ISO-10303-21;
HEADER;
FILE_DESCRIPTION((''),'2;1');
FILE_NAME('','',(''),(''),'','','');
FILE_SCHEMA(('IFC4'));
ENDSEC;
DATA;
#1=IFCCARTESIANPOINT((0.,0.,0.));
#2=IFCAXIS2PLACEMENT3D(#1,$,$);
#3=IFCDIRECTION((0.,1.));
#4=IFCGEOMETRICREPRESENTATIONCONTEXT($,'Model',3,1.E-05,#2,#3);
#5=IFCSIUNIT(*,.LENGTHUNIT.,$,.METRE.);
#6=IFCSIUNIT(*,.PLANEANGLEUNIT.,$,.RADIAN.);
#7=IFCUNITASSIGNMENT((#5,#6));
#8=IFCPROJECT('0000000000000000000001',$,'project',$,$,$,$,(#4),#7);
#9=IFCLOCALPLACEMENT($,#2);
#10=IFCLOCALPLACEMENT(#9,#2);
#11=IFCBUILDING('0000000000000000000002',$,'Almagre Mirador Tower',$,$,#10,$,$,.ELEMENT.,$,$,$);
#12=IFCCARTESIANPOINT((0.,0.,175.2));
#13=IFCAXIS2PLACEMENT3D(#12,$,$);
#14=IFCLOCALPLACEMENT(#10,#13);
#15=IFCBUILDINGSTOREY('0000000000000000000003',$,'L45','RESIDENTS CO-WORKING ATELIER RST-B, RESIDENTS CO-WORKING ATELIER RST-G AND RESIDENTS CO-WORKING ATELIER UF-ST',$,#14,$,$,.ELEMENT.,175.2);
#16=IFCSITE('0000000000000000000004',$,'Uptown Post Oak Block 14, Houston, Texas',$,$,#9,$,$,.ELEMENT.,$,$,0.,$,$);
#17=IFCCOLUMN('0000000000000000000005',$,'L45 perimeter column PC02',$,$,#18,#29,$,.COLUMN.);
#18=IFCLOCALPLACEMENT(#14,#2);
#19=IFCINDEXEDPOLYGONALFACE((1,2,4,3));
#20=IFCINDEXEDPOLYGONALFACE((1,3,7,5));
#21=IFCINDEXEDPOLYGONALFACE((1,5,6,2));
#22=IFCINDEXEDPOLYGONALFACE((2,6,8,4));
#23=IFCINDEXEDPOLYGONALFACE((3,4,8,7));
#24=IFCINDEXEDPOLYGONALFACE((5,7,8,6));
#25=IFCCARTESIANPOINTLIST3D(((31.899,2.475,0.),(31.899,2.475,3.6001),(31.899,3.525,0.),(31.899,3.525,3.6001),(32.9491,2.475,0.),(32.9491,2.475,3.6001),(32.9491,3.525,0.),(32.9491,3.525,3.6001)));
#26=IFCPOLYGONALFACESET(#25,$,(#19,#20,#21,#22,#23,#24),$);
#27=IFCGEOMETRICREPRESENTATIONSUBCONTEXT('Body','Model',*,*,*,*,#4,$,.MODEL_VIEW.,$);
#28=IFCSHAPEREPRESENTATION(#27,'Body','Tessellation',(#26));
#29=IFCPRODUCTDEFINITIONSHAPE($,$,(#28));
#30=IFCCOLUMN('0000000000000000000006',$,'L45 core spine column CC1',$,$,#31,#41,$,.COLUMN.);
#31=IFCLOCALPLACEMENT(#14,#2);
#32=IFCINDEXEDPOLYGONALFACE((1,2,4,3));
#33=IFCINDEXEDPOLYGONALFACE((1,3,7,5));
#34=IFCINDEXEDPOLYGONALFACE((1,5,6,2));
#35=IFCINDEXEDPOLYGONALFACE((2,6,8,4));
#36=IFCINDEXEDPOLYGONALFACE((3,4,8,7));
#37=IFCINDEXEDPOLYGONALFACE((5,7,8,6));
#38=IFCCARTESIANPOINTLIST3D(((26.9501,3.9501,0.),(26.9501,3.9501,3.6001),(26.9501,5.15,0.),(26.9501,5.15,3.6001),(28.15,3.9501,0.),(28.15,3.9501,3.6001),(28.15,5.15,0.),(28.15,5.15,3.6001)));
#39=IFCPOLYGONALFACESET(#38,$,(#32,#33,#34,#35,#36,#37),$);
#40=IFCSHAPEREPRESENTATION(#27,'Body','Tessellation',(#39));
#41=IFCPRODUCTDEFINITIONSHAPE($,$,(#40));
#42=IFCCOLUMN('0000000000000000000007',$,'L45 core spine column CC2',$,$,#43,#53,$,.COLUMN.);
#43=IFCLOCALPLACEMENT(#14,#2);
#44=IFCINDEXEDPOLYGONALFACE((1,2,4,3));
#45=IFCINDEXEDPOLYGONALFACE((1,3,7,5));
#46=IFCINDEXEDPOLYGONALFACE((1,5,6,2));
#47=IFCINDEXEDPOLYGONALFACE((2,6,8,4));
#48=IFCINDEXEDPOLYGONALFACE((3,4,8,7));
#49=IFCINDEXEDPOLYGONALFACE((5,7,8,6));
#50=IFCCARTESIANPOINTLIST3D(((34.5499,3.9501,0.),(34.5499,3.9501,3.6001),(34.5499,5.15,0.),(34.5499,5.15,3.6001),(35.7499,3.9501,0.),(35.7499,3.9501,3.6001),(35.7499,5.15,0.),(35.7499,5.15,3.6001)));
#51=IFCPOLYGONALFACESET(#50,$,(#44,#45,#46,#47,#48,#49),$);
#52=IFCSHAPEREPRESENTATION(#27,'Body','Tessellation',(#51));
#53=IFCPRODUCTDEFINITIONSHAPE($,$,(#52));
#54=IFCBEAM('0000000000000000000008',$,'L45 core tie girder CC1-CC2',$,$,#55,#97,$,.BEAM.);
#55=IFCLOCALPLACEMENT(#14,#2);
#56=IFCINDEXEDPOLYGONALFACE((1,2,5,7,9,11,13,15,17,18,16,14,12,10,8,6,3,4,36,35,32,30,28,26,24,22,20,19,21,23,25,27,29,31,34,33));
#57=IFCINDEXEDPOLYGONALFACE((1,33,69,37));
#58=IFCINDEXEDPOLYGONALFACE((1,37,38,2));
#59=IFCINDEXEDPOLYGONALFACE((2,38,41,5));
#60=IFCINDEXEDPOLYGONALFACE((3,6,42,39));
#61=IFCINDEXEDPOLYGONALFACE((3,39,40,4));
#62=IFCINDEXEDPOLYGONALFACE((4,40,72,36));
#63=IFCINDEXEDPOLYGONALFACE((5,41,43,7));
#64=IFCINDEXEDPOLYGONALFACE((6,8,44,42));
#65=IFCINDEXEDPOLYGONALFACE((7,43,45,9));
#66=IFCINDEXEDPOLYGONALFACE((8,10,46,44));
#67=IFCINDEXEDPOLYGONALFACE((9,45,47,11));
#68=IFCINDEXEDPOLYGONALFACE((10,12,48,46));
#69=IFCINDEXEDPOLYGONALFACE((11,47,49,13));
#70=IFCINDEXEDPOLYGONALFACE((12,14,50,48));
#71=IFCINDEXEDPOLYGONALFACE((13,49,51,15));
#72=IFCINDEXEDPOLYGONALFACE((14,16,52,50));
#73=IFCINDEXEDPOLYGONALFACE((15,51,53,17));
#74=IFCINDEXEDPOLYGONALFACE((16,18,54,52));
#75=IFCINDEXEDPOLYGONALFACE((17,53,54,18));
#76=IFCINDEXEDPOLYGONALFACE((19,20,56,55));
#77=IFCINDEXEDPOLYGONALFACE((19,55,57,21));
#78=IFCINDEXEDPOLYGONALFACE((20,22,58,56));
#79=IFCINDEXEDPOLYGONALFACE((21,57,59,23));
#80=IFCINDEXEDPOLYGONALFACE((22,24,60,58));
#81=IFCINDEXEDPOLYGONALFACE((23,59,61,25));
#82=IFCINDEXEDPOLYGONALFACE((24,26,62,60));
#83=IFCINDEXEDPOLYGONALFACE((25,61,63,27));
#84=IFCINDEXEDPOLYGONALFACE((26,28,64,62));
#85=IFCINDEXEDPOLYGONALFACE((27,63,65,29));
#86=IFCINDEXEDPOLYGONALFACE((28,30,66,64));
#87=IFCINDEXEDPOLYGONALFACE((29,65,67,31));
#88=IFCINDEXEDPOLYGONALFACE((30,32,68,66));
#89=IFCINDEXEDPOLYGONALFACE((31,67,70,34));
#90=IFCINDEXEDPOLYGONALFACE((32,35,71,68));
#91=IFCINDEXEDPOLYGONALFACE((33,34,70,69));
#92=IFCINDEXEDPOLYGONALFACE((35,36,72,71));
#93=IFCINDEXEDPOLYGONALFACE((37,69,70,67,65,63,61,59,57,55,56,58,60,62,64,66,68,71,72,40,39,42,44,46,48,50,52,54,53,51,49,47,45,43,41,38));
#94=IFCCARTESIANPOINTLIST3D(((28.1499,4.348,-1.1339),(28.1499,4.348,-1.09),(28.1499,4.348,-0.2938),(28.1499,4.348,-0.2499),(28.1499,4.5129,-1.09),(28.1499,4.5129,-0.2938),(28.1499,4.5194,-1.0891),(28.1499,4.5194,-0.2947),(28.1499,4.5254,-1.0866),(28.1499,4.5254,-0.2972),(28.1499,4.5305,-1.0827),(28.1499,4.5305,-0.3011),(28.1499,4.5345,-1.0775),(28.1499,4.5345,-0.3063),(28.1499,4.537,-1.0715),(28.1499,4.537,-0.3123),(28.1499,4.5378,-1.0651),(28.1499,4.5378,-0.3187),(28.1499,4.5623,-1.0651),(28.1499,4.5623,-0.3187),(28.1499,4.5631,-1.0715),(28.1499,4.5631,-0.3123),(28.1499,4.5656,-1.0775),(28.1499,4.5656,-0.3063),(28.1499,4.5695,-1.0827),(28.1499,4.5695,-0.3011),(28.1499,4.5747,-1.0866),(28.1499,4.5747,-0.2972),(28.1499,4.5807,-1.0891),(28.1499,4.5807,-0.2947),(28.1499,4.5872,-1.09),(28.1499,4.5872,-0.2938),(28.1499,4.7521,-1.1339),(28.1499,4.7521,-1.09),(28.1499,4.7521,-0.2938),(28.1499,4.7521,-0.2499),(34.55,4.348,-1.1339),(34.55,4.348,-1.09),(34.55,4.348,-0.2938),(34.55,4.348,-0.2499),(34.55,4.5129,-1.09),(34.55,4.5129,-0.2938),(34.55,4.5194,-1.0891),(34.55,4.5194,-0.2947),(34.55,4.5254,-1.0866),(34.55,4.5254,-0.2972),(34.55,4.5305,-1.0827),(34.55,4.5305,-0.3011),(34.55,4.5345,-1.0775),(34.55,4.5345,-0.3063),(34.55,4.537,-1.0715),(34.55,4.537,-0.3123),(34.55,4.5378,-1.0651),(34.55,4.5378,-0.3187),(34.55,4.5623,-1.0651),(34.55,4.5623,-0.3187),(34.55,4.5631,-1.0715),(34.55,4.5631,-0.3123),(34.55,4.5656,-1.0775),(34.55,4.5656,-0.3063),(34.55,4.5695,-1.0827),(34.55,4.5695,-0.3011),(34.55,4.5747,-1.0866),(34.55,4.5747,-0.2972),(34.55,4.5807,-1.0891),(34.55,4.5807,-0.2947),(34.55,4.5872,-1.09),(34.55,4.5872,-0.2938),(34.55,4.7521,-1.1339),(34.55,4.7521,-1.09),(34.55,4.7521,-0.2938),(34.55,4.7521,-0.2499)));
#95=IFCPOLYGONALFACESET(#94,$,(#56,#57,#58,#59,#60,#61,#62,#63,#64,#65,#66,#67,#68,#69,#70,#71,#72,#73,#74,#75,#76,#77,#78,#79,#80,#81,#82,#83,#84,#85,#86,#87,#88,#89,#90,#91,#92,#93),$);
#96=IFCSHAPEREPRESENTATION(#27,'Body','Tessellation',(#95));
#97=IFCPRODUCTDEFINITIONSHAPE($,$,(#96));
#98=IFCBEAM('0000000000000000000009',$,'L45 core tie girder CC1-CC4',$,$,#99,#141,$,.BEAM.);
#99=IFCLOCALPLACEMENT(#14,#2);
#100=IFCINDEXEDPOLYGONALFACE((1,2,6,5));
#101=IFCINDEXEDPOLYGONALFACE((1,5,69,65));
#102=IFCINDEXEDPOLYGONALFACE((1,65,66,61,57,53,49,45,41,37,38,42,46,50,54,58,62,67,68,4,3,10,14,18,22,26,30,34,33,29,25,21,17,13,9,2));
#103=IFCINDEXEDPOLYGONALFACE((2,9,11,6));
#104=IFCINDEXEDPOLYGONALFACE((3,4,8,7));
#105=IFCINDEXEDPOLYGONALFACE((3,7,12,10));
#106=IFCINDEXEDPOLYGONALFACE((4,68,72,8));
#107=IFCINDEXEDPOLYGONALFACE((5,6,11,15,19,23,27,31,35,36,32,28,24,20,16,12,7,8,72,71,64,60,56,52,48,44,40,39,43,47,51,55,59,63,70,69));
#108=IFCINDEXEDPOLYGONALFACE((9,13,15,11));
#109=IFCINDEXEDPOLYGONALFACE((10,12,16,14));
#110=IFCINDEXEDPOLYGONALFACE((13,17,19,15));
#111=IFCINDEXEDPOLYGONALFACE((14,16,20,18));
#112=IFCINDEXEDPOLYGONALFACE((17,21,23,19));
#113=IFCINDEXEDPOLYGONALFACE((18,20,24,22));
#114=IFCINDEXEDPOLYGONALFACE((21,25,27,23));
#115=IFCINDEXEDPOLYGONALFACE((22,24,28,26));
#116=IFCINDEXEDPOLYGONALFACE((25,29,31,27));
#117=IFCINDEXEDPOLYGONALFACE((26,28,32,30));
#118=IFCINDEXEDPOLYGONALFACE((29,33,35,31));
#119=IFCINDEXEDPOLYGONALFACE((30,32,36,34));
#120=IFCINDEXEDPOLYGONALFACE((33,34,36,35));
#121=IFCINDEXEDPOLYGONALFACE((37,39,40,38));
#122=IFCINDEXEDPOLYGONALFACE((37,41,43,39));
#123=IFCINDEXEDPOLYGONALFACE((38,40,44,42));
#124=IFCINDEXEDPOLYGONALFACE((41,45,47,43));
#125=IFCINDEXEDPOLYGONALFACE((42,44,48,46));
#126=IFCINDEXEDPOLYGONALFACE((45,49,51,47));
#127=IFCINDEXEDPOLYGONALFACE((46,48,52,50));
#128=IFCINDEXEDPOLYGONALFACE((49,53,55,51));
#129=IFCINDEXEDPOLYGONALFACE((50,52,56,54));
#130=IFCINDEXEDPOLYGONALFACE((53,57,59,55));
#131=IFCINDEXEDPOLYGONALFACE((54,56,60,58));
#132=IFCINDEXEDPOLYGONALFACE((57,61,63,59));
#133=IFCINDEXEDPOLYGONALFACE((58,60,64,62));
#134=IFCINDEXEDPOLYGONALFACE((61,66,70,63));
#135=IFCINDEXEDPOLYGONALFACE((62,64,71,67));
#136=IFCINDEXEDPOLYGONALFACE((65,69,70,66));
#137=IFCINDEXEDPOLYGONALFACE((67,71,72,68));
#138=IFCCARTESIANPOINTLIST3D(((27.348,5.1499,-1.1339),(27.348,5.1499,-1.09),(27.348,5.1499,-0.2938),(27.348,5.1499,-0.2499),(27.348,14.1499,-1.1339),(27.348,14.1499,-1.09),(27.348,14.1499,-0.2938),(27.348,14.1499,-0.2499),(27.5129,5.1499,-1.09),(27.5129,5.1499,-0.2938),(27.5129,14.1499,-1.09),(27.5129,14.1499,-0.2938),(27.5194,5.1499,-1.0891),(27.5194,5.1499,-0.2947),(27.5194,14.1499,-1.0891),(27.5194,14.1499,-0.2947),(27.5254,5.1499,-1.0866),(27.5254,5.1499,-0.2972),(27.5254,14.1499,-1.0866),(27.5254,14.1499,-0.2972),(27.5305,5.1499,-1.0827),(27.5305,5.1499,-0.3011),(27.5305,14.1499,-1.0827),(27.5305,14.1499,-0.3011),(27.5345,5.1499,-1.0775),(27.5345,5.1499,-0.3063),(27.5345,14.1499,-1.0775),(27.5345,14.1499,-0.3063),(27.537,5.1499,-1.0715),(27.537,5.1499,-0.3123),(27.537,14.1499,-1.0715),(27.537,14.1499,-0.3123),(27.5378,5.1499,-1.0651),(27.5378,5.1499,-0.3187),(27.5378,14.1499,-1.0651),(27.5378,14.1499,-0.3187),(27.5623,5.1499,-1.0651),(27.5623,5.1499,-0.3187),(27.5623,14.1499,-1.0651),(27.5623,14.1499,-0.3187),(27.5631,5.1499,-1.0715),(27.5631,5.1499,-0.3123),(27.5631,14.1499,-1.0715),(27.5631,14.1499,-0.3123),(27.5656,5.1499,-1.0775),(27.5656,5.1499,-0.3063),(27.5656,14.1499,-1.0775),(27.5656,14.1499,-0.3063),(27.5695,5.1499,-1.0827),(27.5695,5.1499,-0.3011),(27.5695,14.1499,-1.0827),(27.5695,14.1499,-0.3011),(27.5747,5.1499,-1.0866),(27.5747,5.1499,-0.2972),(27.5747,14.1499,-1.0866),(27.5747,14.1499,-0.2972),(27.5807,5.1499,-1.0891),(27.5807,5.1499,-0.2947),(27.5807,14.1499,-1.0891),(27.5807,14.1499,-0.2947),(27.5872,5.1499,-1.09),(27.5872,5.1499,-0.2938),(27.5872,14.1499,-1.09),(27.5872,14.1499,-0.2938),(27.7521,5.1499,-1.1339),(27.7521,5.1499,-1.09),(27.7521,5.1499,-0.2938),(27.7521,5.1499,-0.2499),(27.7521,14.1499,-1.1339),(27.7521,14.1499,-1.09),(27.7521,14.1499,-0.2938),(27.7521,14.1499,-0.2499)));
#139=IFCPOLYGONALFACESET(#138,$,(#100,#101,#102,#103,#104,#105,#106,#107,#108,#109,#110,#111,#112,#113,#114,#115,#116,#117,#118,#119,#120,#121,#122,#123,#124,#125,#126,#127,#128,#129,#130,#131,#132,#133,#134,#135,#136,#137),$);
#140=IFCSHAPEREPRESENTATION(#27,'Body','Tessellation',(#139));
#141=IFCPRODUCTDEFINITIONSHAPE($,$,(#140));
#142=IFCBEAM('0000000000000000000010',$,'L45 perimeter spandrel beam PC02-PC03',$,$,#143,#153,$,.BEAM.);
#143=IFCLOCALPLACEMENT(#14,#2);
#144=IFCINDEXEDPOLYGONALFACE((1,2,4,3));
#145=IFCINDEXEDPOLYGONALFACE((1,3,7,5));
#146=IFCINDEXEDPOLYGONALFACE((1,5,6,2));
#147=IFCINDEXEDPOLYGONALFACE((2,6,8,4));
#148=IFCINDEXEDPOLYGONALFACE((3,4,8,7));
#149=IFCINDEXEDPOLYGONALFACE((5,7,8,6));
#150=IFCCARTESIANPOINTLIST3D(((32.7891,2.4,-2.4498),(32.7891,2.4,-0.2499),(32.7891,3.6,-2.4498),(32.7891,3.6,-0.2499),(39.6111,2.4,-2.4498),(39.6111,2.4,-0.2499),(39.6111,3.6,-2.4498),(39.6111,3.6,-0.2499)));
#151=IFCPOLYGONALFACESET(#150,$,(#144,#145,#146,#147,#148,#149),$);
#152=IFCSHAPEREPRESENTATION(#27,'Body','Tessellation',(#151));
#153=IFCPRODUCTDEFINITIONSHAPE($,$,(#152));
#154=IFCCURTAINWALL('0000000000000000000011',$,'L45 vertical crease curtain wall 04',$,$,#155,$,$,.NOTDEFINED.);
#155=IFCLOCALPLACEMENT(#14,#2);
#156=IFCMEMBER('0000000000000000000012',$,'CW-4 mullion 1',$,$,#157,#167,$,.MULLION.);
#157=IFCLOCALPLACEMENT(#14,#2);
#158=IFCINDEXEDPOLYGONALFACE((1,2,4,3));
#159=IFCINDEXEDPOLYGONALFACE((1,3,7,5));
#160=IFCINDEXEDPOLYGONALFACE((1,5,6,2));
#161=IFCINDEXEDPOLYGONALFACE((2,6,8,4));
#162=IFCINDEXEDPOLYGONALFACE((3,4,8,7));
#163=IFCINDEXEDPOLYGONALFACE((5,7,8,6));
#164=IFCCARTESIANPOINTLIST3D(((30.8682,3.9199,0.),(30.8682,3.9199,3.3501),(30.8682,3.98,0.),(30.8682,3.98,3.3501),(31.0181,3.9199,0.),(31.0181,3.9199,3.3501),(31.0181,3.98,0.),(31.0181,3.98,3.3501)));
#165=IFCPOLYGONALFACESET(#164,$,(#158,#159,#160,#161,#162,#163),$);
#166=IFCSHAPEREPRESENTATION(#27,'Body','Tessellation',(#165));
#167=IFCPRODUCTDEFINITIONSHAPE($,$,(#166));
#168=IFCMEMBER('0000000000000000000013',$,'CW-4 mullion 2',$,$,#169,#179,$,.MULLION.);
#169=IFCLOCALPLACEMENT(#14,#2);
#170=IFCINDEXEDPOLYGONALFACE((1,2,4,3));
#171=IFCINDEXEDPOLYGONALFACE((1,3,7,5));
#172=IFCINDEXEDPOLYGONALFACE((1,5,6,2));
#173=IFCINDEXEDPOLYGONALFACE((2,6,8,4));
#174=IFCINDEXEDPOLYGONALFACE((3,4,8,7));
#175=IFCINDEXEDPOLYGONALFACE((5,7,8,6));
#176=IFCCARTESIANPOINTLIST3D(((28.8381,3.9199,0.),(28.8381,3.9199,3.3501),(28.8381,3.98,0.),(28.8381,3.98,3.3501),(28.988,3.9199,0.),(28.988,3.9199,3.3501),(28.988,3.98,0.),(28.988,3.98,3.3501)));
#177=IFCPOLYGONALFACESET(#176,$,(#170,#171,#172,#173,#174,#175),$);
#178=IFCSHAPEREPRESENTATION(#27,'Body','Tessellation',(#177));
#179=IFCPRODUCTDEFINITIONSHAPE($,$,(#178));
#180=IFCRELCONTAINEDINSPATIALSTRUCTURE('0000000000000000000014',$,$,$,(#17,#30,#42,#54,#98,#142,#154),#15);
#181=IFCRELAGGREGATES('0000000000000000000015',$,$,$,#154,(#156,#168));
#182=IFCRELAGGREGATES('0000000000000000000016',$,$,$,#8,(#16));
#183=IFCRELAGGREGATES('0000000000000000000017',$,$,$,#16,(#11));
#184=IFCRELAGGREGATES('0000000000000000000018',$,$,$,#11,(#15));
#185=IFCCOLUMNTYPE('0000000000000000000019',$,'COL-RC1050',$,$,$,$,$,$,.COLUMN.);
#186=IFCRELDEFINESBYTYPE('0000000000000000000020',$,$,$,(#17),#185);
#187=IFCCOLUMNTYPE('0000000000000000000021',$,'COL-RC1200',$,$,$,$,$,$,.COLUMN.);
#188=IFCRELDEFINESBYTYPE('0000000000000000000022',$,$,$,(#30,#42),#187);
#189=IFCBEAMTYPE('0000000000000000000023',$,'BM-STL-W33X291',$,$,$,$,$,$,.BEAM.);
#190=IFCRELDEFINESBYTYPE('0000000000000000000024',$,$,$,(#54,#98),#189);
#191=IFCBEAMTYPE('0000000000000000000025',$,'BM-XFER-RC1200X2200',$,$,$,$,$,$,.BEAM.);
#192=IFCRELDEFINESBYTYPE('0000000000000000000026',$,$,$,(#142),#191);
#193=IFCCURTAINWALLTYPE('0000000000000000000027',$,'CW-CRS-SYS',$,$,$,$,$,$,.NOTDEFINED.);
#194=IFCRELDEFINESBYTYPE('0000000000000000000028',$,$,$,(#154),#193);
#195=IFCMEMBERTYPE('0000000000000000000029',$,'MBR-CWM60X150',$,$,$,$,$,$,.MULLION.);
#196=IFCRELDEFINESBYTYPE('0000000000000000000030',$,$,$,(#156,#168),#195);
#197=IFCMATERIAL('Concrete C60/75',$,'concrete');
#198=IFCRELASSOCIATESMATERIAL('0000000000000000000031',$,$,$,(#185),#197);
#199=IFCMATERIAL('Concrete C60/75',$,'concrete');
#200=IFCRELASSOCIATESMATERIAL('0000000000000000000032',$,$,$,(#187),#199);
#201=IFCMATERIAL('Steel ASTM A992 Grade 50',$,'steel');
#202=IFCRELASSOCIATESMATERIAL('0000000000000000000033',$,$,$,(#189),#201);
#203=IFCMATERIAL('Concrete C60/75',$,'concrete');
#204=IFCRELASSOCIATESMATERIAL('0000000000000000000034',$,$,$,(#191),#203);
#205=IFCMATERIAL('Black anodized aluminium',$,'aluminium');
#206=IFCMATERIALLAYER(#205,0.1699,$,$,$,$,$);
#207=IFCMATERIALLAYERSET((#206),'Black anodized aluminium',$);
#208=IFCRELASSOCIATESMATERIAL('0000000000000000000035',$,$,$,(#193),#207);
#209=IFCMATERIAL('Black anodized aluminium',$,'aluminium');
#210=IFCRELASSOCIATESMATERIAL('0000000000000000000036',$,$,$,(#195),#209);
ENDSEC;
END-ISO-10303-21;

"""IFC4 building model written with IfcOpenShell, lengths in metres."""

from ifc_helpers import new_model, si_unit, direction, frame, origin, origin_2d, place, context, subcontext, project, spatial, rectangle, i_section, extrude, material, layer, layer_set, material_profile, profile_set, type_object, element, aggregate, save


model = new_model("IFC4")

# Units and contexts
model_context = context("Model", 3, precision=1e-05, world=origin(), true_north=direction((0.0, 1.0)))
body_context = subcontext(model_context, "Body", "Model", "MODEL_VIEW")
ifc_project = project(units=[si_unit("LENGTHUNIT", "METRE"), si_unit("PLANEANGLEUNIT", "RADIAN")], contexts=[model_context])

# Site, building, storey
site_placement = place(None, origin())
site = spatial("IfcSite", under=ifc_project, at=site_placement, Name="Uptown Post Oak Block 14, Houston, Texas", CompositionType="ELEMENT", RefElevation=0.0)
building_placement = place(site_placement, origin())
building = spatial("IfcBuilding", under=site, at=building_placement, Name="Almagre Mirador Tower", CompositionType="ELEMENT")
storey_placement = place(building_placement, frame((0.0, 0.0, 175.2)))
storey = spatial("IfcBuildingStorey", under=building, at=storey_placement, Name="L45", Description="RESIDENTS CO-WORKING ATELIER RST-B, RESIDENTS CO-WORKING ATELIER RST-G AND RESIDENTS CO-WORKING ATELIER UF-ST", CompositionType="ELEMENT", Elevation=175.2)

# Columns
ifc_material_1 = material(Name="Concrete C60/75", Category="concrete")
ifc_material_profile_1 = material_profile(ifc_material_1, rectangle(XDim=1.05, YDim=1.05, at=origin_2d()), Name="RC1050X1050")
ifc_profile_set_1 = profile_set([ifc_material_profile_1], Name="Concrete C60/75")
column_type_1 = type_object("IfcColumnType", Name="COL-RC1050", PredefinedType="COLUMN", material=ifc_profile_set_1)
column_placement = place(storey_placement, frame((32.4241, 3.0, 0.0), z_axis=(0.0, 0.0, 1.0), x_axis=(1.0, 0.0, 0.0)))
element("IfcColumn", 1, at=column_placement, inside=storey, type_object=column_type_1, Name="L45 perimeter column PC02", PredefinedType="COLUMN", context=body_context, shape_type="SweptSolid", body=[
    extrude(rectangle(XDim=1.05, YDim=1.05, at=origin_2d()), origin(), (0.0, 0.0, 1.0), 3.6001),
])
ifc_material_2 = material(Name="Concrete C60/75", Category="concrete")
ifc_material_profile_2 = material_profile(ifc_material_2, rectangle(XDim=1.2, YDim=1.2, at=origin_2d()), Name="RC1200X1200")
ifc_profile_set_2 = profile_set([ifc_material_profile_2], Name="Concrete C60/75")
column_type_2 = type_object("IfcColumnType", Name="COL-RC1200", PredefinedType="COLUMN", material=ifc_profile_set_2)
for number, where, z_axis, x_axis, name in (
    (2, (27.55, 4.55, 0.0), (0.0, 0.0, 1.0), (1.0, 0.0, 0.0), "L45 core spine column CC1"),
    (3, (35.1499, 4.55, 0.0), (0.0, 0.0, 1.0), (1.0, 0.0, 0.0), "L45 core spine column CC2"),
):
    element("IfcColumn", number, at=place(storey_placement, frame(where, z_axis=z_axis, x_axis=x_axis)), inside=storey, type_object=column_type_2, Name=name, PredefinedType="COLUMN", context=body_context, shape_type="SweptSolid", body=[
        extrude(rectangle(XDim=1.2, YDim=1.2, at=origin_2d()), origin(), (0.0, 0.0, 1.0), 3.6001),
    ])

# Beams
ifc_material_3 = material(Name="Steel ASTM A992 Grade 50", Category="steel")
ifc_material_profile_3 = material_profile(ifc_material_3, i_section(OverallWidth=0.4041, OverallDepth=0.884, WebThickness=0.0244, FlangeThickness=0.0439, FilletRadius=0.0249, at=origin_2d()), Name="W33X291")
ifc_profile_set_3 = profile_set([ifc_material_profile_3], Name="Steel ASTM A992 Grade 50")
beam_type_1 = type_object("IfcBeamType", Name="BM-STL-W33X291", PredefinedType="BEAM", material=ifc_profile_set_3)
beam_1_placement = place(storey_placement, frame((28.1499, 4.55, -0.6919), z_axis=(1.0, 0.0, 0.0), x_axis=(0.0, 1.0, 0.0)))
element("IfcBeam", 4, at=beam_1_placement, inside=storey, type_object=beam_type_1, Name="L45 core tie girder CC1-CC2", PredefinedType="BEAM", context=body_context, shape_type="SweptSolid", body=[
    extrude(i_section(OverallWidth=0.4041, OverallDepth=0.884, WebThickness=0.0244, FlangeThickness=0.0439, FilletRadius=0.0249, at=origin_2d()), origin(), (0.0, 0.0, 1.0), 6.4001),
])
beam_2_placement = place(storey_placement, frame((27.55, 5.1499, -0.6919), z_axis=(0.0, 1.0, 0.0), x_axis=(-1.0, 0.0, 0.0)))
element("IfcBeam", 5, at=beam_2_placement, inside=storey, type_object=beam_type_1, Name="L45 core tie girder CC1-CC4", PredefinedType="BEAM", context=body_context, shape_type="SweptSolid", body=[
    extrude(i_section(OverallWidth=0.4041, OverallDepth=0.884, WebThickness=0.0244, FlangeThickness=0.0439, FilletRadius=0.0249, at=origin_2d()), origin(), (0.0, 0.0, 1.0), 9.0),
])
ifc_material_4 = material(Name="Concrete C60/75", Category="concrete")
ifc_material_profile_4 = material_profile(ifc_material_4, rectangle(XDim=1.2, YDim=2.2, at=origin_2d()), Name="RC1200X2200")
ifc_profile_set_4 = profile_set([ifc_material_profile_4], Name="Concrete C60/75")
beam_type_2 = type_object("IfcBeamType", Name="BM-XFER-RC1200X2200", PredefinedType="BEAM", material=ifc_profile_set_4)
beam_3_placement = place(storey_placement, frame((32.7891, 3.0, -1.3499), z_axis=(1.0, 0.0, 0.0), x_axis=(0.0, 1.0, 0.0)))
element("IfcBeam", 6, at=beam_3_placement, inside=storey, type_object=beam_type_2, Name="L45 perimeter spandrel beam PC02-PC03", PredefinedType="BEAM", context=body_context, shape_type="SweptSolid", body=[
    extrude(rectangle(XDim=1.2, YDim=2.2, at=origin_2d()), origin(), (0.0, 0.0, 1.0), 6.822),
])

# Curtain wall, members
ifc_material_5 = material(Name="Black anodized aluminium", Category="aluminium")
ifc_layer_1 = layer(ifc_material_5, 0.1699)
ifc_layer_set_1 = layer_set([ifc_layer_1], Name="Black anodized aluminium")
curtain_wall_type = type_object("IfcCurtainWallType", Name="CW-CRS-SYS", PredefinedType="NOTDEFINED", material=ifc_layer_set_1)
curtain_wall_placement = place(storey_placement, origin())
curtain_wall = element("IfcCurtainWall", 7, at=curtain_wall_placement, inside=storey, type_object=curtain_wall_type, Name="L45 vertical crease curtain wall 04", PredefinedType="NOTDEFINED")
ifc_material_6 = material(Name="Black anodized aluminium", Category="aluminium")
ifc_material_profile_5 = material_profile(ifc_material_6, rectangle(XDim=0.0601, YDim=0.1499, at=origin_2d()), Name="CWM60X150")
ifc_profile_set_5 = profile_set([ifc_material_profile_5], Name="Black anodized aluminium")
member_type_1 = type_object("IfcMemberType", Name="MBR-CWM60X150", PredefinedType="MULLION", material=ifc_profile_set_5)
member_1_placement = place(storey_placement, frame((30.9431, 3.95, 0.0), z_axis=(0.0, 0.0, 1.0), x_axis=(0.0, -1.0, 0.0)))
member_1 = element("IfcMember", 8, at=member_1_placement, type_object=member_type_1, Name="CW-4 mullion 1", PredefinedType="MULLION", context=body_context, shape_type="SweptSolid", body=[
    extrude(rectangle(XDim=0.0601, YDim=0.1499, at=origin_2d()), origin(), (0.0, 0.0, 1.0), 3.3501),
])
member_2_placement = place(storey_placement, frame((28.9131, 3.95, 0.0), z_axis=(0.0, 0.0, 1.0), x_axis=(0.0, -1.0, 0.0)))
member_2 = element("IfcMember", 9, at=member_2_placement, type_object=member_type_1, Name="CW-4 mullion 2", PredefinedType="MULLION", context=body_context, shape_type="SweptSolid", body=[
    extrude(rectangle(XDim=0.0601, YDim=0.1499, at=origin_2d()), origin(), (0.0, 0.0, 1.0), 3.3501),
])
aggregate(curtain_wall, [member_1, member_2])

save(model, "model.ifc")
